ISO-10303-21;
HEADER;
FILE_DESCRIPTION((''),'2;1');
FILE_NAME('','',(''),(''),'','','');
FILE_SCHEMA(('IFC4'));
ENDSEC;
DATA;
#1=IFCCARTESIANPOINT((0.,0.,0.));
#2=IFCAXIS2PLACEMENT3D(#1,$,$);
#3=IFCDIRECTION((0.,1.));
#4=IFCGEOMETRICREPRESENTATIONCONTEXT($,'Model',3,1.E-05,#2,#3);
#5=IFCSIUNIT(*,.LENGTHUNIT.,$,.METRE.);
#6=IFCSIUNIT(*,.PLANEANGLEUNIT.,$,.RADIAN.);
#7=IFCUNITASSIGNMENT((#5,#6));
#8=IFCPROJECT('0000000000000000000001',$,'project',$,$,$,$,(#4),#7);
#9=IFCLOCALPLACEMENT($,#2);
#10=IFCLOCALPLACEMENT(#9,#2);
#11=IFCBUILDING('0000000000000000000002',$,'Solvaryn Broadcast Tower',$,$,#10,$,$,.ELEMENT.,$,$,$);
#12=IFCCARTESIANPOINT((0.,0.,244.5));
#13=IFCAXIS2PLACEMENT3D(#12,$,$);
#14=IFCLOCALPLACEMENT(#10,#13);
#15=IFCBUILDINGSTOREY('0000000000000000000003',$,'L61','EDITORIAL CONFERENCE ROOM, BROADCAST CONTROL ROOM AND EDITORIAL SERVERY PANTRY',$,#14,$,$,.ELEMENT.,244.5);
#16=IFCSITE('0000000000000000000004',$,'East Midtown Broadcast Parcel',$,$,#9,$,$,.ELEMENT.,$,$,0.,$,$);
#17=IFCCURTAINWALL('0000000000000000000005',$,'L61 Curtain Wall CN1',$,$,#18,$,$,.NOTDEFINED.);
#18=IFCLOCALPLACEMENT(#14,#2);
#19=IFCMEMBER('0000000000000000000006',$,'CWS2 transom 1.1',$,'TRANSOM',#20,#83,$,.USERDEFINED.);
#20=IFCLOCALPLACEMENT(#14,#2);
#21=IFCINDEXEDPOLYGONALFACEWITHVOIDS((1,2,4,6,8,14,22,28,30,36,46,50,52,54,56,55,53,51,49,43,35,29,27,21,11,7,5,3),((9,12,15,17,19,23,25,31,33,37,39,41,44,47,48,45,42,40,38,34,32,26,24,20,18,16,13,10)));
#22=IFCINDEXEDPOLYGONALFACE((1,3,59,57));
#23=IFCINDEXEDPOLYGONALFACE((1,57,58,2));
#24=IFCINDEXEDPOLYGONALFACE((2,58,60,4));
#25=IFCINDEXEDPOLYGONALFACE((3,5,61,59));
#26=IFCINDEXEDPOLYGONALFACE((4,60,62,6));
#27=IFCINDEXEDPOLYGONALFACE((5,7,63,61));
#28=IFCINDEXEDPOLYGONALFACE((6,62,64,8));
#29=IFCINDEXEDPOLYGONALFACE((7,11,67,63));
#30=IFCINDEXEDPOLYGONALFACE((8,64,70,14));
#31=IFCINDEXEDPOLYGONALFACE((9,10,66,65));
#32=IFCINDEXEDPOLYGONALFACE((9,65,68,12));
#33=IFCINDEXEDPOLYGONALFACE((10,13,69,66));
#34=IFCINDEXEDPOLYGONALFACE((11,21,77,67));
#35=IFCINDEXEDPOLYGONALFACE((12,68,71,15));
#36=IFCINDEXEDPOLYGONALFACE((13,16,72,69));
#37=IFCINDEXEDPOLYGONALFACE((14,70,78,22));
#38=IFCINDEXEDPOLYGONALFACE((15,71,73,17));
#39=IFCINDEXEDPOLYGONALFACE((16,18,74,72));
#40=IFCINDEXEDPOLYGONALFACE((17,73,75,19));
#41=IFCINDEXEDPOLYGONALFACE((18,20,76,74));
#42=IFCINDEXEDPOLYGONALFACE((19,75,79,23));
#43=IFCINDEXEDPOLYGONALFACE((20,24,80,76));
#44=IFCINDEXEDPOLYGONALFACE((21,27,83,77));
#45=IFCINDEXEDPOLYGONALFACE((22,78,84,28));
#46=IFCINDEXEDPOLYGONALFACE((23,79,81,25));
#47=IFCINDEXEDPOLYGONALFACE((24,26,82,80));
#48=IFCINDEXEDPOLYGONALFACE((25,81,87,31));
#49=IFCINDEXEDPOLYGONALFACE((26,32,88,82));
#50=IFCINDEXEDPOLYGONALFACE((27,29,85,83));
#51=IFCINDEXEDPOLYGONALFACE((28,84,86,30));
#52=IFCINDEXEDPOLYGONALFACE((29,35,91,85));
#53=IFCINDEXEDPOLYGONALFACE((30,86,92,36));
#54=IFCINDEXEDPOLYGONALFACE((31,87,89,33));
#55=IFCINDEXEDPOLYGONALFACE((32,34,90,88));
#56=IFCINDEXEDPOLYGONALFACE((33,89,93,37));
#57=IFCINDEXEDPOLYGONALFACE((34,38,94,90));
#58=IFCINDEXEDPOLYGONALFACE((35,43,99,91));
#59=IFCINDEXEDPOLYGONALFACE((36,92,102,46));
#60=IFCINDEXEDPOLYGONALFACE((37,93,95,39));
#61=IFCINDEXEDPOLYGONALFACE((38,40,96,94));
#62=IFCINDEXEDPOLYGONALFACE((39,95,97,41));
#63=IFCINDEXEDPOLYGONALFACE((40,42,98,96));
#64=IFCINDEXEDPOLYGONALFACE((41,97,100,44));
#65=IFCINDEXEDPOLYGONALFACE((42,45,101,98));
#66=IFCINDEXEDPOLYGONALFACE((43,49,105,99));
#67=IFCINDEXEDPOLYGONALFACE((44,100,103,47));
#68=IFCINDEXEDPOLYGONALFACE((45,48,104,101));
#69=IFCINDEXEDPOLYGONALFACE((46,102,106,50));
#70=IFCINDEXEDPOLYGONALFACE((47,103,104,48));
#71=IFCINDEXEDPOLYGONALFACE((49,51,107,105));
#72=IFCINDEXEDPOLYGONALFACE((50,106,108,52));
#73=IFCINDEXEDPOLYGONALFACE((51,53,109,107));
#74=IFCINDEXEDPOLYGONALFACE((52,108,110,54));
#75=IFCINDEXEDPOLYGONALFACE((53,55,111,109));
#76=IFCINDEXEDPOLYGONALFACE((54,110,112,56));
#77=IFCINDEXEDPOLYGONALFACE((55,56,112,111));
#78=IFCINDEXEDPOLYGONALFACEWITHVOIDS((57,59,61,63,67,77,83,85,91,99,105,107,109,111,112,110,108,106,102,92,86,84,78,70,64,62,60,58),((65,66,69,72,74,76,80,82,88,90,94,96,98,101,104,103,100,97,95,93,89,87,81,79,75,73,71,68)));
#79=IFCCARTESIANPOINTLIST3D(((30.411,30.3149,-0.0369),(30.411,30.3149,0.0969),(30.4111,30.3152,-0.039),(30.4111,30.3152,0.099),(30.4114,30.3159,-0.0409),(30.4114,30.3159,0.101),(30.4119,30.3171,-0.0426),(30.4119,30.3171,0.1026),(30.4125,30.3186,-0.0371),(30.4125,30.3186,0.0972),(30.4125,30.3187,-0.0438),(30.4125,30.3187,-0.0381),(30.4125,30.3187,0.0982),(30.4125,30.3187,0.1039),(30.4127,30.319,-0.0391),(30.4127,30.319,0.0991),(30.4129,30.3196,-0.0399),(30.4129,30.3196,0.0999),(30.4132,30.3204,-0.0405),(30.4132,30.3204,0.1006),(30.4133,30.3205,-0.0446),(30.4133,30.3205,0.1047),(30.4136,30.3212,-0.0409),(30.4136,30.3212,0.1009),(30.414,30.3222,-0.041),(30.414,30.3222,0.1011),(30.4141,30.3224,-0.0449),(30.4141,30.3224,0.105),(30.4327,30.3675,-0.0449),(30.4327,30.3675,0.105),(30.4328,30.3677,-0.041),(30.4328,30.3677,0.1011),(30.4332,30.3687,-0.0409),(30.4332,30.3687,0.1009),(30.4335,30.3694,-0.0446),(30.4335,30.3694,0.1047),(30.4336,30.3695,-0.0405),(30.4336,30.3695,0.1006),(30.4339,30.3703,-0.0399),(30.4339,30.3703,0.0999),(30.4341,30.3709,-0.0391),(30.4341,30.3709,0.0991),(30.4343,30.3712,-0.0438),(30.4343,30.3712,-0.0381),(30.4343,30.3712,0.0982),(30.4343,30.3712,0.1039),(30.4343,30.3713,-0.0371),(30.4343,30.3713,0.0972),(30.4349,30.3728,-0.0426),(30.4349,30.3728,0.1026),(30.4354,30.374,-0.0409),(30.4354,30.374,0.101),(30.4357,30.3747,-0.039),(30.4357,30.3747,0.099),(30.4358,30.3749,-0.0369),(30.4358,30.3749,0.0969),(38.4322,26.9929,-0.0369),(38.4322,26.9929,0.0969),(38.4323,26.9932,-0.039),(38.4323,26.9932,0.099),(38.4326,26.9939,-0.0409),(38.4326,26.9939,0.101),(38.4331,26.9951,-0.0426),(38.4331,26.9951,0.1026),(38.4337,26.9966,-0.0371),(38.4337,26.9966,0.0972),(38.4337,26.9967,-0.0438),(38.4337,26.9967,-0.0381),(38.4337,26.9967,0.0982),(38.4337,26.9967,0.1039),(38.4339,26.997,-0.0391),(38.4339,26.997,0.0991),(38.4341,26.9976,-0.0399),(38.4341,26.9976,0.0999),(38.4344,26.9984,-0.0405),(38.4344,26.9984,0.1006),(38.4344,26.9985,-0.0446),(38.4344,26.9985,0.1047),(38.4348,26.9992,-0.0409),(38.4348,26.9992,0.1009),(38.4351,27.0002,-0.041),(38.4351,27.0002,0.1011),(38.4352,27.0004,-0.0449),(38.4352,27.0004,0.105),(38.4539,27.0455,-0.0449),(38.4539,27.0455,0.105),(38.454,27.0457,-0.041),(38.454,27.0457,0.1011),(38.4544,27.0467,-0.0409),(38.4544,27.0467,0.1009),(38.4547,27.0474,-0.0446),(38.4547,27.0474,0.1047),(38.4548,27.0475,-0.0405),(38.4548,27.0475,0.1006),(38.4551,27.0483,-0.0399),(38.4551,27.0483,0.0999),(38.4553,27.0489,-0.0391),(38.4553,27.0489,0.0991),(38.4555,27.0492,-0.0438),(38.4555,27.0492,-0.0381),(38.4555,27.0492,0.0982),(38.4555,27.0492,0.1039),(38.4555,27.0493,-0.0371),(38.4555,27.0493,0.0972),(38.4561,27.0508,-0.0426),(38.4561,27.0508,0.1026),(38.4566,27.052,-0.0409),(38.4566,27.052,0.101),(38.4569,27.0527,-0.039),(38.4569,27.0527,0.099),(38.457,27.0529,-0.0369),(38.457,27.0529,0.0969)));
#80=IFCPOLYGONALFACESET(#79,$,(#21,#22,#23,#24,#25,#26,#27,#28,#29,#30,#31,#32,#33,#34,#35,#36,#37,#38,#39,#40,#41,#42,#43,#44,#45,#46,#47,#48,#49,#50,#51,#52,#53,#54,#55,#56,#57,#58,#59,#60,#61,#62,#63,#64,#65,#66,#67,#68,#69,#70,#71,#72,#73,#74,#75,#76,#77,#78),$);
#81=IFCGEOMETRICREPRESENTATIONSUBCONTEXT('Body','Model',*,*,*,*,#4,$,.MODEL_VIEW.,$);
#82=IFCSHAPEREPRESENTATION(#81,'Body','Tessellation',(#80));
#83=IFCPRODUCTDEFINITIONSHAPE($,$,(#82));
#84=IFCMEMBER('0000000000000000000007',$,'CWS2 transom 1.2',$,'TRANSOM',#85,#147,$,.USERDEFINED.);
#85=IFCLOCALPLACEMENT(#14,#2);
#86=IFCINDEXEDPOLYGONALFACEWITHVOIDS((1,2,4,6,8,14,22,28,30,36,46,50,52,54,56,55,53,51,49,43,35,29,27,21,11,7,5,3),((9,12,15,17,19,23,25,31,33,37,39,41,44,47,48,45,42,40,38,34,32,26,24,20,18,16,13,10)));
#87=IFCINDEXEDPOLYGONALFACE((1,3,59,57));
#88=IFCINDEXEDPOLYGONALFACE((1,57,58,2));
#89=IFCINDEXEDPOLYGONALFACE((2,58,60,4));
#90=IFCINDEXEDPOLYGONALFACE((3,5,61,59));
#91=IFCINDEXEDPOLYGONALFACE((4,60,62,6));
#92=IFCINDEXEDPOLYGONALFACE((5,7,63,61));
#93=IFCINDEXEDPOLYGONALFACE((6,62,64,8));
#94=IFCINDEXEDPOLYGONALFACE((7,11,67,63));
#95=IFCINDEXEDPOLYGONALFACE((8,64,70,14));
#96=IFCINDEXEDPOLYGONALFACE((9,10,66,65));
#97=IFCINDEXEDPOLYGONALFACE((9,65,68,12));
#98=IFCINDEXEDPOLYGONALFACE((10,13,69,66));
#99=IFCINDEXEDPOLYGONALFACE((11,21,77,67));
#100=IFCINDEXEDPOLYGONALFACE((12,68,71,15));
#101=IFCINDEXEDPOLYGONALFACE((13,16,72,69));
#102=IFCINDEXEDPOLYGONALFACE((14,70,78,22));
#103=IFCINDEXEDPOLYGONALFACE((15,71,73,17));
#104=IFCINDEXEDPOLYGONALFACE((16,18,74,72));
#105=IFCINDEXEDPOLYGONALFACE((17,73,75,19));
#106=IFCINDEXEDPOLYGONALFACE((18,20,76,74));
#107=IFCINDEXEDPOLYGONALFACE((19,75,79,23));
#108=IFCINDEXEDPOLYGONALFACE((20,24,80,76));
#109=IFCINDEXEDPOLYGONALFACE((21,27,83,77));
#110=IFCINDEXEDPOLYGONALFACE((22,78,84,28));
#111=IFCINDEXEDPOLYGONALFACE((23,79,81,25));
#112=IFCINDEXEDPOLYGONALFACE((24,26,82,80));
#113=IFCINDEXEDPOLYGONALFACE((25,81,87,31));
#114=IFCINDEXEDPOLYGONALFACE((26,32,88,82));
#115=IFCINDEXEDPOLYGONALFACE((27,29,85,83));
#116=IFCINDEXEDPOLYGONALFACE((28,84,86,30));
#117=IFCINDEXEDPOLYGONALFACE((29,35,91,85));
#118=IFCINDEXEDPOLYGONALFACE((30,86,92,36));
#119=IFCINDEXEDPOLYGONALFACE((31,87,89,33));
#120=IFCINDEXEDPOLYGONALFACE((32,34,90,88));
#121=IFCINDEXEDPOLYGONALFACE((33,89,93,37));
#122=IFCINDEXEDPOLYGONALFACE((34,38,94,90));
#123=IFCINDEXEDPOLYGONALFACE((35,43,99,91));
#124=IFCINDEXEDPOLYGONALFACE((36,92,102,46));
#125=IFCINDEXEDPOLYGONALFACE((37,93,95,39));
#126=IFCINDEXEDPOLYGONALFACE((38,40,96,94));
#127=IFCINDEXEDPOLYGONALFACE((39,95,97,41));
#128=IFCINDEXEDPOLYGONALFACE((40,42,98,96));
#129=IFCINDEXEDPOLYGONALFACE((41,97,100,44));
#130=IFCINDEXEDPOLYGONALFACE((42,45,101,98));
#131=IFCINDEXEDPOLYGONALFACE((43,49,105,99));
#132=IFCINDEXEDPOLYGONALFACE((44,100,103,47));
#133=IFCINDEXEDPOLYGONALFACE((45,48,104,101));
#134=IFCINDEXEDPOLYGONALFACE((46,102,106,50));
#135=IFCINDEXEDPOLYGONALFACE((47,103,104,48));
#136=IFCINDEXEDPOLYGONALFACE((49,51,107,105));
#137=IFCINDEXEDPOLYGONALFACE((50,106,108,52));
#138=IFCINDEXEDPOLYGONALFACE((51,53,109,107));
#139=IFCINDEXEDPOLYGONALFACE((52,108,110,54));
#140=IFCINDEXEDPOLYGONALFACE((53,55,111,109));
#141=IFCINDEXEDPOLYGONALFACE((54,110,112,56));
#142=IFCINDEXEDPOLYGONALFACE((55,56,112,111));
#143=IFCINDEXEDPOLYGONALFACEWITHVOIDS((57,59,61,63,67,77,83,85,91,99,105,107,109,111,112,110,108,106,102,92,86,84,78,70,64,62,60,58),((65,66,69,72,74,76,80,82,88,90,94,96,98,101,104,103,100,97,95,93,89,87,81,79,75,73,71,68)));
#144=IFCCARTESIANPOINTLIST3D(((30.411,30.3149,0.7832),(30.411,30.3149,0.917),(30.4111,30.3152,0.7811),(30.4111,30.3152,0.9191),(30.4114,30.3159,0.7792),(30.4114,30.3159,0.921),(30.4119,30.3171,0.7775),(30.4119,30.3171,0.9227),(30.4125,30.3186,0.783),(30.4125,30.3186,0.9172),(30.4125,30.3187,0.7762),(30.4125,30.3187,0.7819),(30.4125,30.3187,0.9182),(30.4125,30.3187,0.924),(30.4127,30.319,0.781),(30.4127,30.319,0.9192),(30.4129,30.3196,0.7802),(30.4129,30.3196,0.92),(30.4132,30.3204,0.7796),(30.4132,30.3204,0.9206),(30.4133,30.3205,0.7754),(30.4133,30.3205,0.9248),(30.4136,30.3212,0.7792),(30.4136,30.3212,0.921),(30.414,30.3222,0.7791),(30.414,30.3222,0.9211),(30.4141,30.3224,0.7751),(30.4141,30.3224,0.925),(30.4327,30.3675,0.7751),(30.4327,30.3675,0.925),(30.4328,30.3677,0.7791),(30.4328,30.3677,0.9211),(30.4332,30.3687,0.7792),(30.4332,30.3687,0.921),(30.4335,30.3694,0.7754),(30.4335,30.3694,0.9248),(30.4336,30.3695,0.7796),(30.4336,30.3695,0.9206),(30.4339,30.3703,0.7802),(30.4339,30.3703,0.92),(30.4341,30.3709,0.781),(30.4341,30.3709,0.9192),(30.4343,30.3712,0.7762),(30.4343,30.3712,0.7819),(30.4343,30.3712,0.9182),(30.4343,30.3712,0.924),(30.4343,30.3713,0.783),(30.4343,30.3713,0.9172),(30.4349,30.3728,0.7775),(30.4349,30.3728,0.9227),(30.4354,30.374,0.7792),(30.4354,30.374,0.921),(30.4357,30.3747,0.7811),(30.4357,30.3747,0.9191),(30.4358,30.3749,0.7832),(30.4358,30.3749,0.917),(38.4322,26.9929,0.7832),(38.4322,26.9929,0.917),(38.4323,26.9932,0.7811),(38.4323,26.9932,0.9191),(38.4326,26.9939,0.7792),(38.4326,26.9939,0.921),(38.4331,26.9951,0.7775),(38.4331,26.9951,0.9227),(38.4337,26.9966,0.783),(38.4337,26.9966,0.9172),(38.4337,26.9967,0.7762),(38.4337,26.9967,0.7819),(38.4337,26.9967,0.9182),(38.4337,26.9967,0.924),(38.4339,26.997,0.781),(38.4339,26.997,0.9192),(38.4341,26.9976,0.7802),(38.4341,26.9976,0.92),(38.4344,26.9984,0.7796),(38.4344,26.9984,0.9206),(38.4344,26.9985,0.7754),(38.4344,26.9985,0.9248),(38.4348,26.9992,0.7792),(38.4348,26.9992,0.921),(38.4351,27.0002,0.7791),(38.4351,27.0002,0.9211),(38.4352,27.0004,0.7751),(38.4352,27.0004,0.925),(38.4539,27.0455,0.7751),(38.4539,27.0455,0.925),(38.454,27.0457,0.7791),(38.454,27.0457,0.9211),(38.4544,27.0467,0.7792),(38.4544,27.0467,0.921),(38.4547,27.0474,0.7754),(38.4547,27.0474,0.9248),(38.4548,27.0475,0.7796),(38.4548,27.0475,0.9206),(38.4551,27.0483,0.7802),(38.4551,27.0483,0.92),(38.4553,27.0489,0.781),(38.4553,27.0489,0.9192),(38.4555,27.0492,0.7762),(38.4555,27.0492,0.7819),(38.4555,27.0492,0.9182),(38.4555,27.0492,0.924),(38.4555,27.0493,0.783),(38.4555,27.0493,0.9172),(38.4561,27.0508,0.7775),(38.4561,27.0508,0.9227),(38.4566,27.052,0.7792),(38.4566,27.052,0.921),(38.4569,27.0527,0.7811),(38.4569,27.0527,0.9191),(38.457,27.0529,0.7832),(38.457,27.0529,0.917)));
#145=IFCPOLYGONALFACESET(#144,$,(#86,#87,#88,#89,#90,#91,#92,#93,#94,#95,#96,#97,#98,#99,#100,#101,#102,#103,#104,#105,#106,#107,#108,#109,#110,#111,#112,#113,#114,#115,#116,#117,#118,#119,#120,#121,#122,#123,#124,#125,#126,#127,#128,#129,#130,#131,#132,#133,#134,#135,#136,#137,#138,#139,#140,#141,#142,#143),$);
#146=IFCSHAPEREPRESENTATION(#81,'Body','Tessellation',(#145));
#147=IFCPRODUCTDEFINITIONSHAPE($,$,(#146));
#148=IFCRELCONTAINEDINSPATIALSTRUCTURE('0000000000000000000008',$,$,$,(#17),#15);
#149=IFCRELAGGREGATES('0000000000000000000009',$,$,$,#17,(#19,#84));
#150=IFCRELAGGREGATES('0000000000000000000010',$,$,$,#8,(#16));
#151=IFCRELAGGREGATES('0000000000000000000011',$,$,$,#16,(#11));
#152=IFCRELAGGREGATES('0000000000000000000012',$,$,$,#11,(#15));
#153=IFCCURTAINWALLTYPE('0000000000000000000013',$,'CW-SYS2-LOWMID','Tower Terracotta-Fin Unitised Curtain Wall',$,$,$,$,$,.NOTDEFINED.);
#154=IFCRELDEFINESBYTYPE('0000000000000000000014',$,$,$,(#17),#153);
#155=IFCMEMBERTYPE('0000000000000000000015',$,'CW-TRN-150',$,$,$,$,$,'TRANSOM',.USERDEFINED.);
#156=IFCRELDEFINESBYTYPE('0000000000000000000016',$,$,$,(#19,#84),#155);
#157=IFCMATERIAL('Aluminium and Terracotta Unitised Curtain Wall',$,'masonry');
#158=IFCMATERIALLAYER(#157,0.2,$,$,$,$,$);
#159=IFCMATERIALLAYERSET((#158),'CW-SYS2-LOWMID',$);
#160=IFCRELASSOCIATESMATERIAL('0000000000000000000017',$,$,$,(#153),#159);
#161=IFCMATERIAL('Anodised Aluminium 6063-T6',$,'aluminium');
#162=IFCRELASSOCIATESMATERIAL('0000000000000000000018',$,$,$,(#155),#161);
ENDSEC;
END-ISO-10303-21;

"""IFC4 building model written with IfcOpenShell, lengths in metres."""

from ifc_helpers import new_model, si_unit, direction, frame, origin, origin_2d, place, context, subcontext, project, spatial, hollow_rectangle, extrude, material, layer, layer_set, material_profile, profile_set, type_object, element, aggregate, save


model = new_model("IFC4")

# Units and contexts
model_context = context("Model", 3, precision=1e-05, world=origin(), true_north=direction((0.0, 1.0)))
body_context = subcontext(model_context, "Body", "Model", "MODEL_VIEW")
ifc_project = project(units=[si_unit("LENGTHUNIT", "METRE"), si_unit("PLANEANGLEUNIT", "RADIAN")], contexts=[model_context])

# Site, building, storey
site_placement = place(None, origin())
site = spatial("IfcSite", under=ifc_project, at=site_placement, Name="East Midtown Broadcast Parcel", CompositionType="ELEMENT", RefElevation=0.0)
building_placement = place(site_placement, origin())
building = spatial("IfcBuilding", under=site, at=building_placement, Name="Solvaryn Broadcast Tower", CompositionType="ELEMENT")
storey_placement = place(building_placement, frame((0.0, 0.0, 244.5)))
storey = spatial("IfcBuildingStorey", under=building, at=storey_placement, Name="L61", Description="EDITORIAL CONFERENCE ROOM, BROADCAST CONTROL ROOM AND EDITORIAL SERVERY PANTRY", CompositionType="ELEMENT", Elevation=244.5)

# Curtain wall
ifc_material_1 = material(Name="Aluminium and Terracotta Unitised Curtain Wall", Category="masonry")
ifc_layer_1 = layer(ifc_material_1, 0.2)
ifc_layer_set_1 = layer_set([ifc_layer_1], Name="CW-SYS2-LOWMID")
curtain_wall_type = type_object("IfcCurtainWallType", Name="CW-SYS2-LOWMID", Description="Tower Terracotta-Fin Unitised Curtain Wall", PredefinedType="NOTDEFINED", material=ifc_layer_set_1)
curtain_wall_1_placement = place(storey_placement, origin())
curtain_wall_1 = element("IfcCurtainWall", 1, at=curtain_wall_1_placement, inside=storey, type_object=curtain_wall_type, Name="L61 Curtain Wall CN1", PredefinedType="NOTDEFINED")

# Members
ifc_material_2 = material(Name="Anodised Aluminium 6063-T6", Category="aluminium")
ifc_material_profile_1 = material_profile(ifc_material_2, hollow_rectangle(XDim=0.0649, YDim=0.1499, WallThickness=0.0039, InnerFilletRadius=0.0039, OuterFilletRadius=0.0081, at=origin_2d()))
ifc_profile_set_1 = profile_set([ifc_material_profile_1], Name="Anodised Aluminium 6063-T6")
member_type_1 = type_object("IfcMemberType", Name="CW-TRN-150", ElementType="TRANSOM", PredefinedType="USERDEFINED", material=ifc_profile_set_1)
member_1_placement = place(storey_placement, frame((38.4446, 27.0229, 0.03), z_axis=(-0.923899, 0.382636, 0.0), x_axis=(-0.382636, -0.923899, 0.0)))
member_1 = element("IfcMember", 2, at=member_1_placement, type_object=member_type_1, Name="CWS2 transom 1.1", ObjectType="TRANSOM", PredefinedType="USERDEFINED", context=body_context, shape_type="SweptSolid", body=[
    extrude(hollow_rectangle(XDim=0.0649, YDim=0.1499, WallThickness=0.0039, InnerFilletRadius=0.0039, OuterFilletRadius=0.0081, at=origin_2d()), origin(), (0.0, 0.0, 1.0), 8.6819),
])
member_2_placement = place(storey_placement, frame((38.4446, 27.0229, 0.8501), z_axis=(-0.923899, 0.382636, 0.0), x_axis=(-0.382636, -0.923899, 0.0)))
member_2 = element("IfcMember", 3, at=member_2_placement, type_object=member_type_1, Name="CWS2 transom 1.2", ObjectType="TRANSOM", PredefinedType="USERDEFINED", context=body_context, shape_type="SweptSolid", body=[
    extrude(hollow_rectangle(XDim=0.0649, YDim=0.1499, WallThickness=0.0039, InnerFilletRadius=0.0039, OuterFilletRadius=0.0081, at=origin_2d()), origin(), (0.0, 0.0, 1.0), 8.6819),
])

aggregate(curtain_wall_1, [member_1, member_2])

save(model, "model.ifc")
